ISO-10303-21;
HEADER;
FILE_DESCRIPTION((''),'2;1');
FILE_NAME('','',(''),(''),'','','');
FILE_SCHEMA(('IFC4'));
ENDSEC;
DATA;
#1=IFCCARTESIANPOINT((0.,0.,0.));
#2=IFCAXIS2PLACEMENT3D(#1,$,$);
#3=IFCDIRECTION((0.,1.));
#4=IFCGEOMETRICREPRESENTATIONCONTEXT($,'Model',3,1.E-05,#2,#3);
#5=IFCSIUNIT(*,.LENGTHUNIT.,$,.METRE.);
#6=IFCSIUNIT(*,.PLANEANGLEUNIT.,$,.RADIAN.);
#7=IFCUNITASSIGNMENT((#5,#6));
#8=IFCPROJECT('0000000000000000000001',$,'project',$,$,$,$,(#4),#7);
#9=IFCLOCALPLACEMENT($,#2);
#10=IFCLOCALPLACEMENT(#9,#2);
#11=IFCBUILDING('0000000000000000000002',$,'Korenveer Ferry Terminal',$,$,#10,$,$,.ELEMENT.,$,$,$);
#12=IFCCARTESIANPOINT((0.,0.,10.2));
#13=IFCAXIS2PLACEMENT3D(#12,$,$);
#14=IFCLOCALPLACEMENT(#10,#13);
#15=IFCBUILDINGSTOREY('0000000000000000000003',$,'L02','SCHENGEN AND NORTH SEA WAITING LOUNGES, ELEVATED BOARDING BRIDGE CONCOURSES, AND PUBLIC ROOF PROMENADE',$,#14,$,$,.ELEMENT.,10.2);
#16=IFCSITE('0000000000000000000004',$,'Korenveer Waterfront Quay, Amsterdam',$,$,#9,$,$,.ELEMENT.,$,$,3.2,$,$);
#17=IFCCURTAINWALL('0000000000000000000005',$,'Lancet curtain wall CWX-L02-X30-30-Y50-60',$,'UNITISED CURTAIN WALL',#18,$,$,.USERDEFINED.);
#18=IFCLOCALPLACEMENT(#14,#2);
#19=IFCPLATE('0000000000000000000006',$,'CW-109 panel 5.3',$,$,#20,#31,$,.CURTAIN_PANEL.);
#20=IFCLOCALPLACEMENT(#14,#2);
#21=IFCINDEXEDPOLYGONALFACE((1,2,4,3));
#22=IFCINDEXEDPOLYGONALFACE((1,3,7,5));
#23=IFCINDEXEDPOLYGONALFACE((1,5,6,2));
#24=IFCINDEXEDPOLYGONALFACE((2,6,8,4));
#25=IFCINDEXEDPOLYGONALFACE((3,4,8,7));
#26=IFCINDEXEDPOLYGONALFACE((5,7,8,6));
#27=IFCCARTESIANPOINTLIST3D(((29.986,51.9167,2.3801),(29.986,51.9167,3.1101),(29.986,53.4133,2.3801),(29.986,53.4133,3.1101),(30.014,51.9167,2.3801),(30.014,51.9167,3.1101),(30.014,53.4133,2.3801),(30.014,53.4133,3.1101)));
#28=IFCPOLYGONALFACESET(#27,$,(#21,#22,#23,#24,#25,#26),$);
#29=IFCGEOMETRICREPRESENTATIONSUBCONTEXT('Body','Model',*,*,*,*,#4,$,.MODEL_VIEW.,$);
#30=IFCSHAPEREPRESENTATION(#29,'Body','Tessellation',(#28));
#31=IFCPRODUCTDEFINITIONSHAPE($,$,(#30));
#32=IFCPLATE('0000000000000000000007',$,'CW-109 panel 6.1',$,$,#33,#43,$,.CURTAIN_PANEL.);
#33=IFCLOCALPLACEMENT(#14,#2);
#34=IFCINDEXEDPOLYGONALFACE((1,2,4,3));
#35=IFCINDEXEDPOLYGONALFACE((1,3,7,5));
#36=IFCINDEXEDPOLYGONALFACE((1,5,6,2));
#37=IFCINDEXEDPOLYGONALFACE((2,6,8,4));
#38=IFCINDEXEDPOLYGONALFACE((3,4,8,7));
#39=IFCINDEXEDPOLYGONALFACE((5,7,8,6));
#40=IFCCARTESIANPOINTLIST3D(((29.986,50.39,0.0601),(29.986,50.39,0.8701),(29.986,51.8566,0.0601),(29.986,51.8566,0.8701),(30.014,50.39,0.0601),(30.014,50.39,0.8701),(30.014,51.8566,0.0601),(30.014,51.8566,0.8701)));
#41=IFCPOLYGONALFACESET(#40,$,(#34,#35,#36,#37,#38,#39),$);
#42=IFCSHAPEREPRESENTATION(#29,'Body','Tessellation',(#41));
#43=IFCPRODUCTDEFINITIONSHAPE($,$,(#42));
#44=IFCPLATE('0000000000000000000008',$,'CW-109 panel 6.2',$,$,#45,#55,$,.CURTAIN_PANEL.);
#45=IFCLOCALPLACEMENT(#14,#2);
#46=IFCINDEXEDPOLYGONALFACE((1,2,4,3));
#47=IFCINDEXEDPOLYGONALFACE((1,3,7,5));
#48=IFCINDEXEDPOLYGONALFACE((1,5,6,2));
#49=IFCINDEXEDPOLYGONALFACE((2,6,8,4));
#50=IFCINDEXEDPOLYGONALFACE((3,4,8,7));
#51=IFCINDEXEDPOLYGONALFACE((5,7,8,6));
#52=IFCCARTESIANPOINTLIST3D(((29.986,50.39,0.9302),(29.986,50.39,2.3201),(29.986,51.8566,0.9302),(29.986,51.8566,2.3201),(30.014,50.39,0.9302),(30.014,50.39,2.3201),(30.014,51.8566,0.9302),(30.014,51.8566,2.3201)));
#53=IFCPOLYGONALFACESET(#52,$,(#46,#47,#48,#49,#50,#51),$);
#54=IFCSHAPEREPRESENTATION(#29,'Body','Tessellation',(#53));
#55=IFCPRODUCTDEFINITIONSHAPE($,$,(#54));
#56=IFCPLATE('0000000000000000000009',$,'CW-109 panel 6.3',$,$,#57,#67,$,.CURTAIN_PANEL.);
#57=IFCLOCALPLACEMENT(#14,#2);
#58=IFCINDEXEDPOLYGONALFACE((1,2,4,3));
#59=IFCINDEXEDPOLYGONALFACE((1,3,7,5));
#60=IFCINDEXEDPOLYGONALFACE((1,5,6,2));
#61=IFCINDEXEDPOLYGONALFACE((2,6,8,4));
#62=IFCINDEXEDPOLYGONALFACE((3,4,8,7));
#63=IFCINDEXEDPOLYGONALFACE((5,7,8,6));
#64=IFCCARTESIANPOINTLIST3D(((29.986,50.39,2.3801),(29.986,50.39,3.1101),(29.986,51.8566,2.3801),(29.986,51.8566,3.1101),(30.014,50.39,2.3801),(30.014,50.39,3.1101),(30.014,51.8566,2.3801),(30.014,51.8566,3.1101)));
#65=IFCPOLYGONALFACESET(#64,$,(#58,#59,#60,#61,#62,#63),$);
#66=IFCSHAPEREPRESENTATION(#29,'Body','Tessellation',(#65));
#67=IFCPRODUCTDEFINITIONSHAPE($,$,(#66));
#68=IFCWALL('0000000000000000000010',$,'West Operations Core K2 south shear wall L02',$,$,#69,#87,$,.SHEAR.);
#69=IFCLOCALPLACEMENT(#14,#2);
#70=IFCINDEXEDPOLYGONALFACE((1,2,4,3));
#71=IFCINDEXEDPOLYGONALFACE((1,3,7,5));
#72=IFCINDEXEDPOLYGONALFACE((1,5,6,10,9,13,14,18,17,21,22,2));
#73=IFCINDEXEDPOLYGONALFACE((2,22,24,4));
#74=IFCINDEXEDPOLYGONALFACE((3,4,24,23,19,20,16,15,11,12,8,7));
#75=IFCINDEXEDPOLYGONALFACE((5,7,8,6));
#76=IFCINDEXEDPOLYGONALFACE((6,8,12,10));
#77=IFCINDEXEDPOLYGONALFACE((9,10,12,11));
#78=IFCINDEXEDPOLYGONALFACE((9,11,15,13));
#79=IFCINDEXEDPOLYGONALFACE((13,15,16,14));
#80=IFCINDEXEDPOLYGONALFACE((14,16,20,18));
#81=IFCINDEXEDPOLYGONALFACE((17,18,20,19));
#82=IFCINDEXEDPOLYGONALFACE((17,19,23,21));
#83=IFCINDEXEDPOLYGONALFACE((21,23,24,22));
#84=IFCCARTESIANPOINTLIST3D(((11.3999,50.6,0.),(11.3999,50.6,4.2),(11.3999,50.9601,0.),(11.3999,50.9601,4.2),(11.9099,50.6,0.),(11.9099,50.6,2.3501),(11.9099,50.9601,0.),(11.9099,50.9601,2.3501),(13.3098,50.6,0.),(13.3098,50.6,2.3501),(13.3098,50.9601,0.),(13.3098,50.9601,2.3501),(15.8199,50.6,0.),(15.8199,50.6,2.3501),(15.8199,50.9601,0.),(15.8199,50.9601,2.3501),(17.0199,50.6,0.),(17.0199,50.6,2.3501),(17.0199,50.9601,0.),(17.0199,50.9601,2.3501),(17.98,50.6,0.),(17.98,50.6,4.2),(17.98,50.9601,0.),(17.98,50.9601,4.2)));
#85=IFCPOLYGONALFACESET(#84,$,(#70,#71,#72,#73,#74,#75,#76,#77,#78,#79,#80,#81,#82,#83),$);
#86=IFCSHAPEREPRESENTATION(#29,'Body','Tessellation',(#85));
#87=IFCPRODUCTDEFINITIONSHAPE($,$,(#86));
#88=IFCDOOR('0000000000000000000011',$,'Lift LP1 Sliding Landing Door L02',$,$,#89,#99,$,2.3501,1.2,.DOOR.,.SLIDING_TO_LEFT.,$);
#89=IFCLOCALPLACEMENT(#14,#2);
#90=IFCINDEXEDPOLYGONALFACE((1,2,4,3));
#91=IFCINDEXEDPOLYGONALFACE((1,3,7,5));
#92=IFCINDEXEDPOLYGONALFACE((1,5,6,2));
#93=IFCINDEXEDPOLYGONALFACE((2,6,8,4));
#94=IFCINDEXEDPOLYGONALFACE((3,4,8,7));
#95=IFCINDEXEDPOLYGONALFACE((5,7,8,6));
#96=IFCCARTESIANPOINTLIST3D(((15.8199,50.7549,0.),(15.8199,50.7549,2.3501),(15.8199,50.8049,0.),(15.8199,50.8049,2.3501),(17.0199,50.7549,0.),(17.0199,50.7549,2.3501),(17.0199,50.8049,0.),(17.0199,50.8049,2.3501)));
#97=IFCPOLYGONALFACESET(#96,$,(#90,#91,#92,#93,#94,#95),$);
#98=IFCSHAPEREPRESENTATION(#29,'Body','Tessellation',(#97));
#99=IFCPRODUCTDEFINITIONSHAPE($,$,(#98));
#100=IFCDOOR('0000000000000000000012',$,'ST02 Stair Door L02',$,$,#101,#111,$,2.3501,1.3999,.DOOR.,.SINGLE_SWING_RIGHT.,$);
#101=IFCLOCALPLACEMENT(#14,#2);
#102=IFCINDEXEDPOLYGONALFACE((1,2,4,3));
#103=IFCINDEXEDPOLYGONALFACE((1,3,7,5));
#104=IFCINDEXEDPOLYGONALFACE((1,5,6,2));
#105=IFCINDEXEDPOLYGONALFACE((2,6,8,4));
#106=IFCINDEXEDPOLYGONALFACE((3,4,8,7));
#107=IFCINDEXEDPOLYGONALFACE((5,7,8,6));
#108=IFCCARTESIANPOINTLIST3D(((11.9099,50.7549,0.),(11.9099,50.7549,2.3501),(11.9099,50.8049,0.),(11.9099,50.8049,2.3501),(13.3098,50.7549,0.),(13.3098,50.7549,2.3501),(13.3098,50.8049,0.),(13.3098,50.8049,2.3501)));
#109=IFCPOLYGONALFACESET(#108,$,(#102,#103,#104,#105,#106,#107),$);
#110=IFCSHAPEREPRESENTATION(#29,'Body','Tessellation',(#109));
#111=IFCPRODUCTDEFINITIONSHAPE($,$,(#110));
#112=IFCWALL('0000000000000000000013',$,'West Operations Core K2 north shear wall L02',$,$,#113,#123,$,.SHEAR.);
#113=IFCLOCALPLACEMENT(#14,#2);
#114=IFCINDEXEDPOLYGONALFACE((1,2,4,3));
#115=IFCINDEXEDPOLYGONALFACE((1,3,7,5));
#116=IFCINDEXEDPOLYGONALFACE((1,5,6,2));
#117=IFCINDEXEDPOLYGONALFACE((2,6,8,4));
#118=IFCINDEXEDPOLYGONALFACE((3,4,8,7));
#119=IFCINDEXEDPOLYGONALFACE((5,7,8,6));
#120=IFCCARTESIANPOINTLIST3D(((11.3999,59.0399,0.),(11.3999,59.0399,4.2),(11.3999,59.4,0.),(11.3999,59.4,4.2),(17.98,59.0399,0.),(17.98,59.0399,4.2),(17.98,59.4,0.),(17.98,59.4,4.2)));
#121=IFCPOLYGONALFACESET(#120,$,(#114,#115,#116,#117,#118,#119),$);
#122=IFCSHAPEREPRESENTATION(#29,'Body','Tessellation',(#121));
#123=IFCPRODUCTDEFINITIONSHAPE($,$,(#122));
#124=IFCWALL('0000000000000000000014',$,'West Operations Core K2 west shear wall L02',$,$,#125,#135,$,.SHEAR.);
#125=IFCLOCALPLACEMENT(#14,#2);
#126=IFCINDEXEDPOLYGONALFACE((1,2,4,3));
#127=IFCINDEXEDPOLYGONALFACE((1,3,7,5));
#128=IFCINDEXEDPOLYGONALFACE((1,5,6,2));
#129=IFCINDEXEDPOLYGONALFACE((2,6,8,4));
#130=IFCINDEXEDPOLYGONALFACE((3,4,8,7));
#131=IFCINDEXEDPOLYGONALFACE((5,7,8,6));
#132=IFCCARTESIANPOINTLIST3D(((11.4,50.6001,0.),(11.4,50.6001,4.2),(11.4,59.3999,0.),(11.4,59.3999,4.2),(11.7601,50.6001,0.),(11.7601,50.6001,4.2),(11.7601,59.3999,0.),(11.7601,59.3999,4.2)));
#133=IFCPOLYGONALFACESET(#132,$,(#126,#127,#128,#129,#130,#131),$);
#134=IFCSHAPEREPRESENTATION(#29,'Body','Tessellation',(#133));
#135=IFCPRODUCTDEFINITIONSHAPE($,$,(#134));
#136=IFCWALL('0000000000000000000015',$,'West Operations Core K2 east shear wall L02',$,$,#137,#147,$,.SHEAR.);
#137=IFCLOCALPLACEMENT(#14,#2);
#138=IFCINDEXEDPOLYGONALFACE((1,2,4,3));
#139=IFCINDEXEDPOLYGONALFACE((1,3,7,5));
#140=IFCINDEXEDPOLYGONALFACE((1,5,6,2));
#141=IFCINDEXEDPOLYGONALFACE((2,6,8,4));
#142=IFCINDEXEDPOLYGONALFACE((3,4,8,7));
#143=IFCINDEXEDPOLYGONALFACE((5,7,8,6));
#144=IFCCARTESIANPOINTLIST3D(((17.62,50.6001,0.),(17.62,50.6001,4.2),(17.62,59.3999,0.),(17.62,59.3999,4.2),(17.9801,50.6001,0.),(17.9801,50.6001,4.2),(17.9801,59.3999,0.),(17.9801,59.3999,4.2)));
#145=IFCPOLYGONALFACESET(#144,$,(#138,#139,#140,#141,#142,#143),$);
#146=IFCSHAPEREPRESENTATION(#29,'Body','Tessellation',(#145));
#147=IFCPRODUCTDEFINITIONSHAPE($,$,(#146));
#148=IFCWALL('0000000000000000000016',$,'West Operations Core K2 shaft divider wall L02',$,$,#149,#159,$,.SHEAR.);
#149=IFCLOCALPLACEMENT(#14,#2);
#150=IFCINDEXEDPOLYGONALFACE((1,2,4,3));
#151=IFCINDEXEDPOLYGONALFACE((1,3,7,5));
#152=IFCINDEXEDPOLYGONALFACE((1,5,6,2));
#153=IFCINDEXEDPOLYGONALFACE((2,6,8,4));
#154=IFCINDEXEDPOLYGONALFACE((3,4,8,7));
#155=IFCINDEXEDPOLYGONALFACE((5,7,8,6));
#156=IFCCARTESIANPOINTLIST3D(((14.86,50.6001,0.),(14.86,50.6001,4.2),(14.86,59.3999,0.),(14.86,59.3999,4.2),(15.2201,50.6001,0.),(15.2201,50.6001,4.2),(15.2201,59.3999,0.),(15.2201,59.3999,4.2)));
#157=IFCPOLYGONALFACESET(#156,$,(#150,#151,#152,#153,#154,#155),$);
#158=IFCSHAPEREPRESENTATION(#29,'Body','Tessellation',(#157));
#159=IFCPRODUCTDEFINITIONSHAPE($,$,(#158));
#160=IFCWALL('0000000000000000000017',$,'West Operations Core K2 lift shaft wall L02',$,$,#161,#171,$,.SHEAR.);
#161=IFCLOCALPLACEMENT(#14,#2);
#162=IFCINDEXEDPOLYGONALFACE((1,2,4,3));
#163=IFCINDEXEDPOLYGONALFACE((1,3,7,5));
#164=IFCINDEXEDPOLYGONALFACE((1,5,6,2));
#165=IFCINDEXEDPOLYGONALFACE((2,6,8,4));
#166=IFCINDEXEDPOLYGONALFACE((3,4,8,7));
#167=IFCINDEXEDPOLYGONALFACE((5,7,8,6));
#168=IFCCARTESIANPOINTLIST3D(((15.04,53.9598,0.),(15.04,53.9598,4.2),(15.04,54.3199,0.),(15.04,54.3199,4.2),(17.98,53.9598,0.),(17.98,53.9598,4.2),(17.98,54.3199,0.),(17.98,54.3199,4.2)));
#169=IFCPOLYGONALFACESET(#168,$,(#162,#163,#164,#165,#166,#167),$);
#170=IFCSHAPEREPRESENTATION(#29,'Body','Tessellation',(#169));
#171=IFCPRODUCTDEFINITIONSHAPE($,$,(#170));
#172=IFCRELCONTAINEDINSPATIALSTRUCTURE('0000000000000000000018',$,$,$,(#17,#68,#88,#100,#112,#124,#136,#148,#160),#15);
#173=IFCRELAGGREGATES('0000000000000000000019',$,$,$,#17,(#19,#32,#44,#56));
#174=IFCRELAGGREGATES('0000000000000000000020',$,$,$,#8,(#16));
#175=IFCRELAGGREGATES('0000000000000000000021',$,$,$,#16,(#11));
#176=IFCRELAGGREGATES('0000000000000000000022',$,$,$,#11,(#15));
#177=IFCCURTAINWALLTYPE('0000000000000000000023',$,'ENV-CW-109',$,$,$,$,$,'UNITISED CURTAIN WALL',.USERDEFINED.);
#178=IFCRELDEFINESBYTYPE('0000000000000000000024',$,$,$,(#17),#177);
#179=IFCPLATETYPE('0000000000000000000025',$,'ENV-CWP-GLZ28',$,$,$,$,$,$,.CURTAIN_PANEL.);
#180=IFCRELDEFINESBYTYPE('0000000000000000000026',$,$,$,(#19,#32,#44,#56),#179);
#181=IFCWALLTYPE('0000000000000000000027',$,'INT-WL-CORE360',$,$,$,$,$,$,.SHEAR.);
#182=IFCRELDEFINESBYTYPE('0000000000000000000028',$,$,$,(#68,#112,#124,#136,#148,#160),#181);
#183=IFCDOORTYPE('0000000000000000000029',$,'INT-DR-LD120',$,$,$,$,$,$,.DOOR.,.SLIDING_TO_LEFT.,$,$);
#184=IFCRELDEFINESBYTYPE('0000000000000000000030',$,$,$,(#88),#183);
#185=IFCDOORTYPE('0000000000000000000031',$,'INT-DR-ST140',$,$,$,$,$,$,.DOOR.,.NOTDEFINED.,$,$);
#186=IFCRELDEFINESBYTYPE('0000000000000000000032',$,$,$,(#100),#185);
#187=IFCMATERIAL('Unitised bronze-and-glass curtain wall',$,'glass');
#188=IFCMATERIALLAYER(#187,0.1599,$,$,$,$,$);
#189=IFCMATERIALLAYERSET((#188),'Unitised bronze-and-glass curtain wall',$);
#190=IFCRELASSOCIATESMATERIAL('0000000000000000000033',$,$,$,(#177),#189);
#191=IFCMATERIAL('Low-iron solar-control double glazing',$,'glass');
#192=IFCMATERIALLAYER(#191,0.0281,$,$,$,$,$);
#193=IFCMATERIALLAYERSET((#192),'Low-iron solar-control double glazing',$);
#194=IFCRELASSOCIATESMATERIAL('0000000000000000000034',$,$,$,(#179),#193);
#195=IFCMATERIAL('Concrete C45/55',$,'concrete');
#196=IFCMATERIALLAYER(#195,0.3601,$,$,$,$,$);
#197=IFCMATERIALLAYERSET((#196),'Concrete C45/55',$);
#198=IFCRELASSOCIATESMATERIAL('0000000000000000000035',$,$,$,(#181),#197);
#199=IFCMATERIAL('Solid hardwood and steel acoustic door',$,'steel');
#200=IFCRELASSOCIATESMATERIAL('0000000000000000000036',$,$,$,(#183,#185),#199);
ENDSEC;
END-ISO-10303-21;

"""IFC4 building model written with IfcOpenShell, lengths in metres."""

from ifc_helpers import new_model, si_unit, direction, frame, frame_2d, origin, origin_2d, place, context, subcontext, project, spatial, rectangle, extrude, material, layer, layer_set, type_object, element, fill, aggregate, save


model = new_model("IFC4")

# Units and contexts
model_context = context("Model", 3, precision=1e-05, world=origin(), true_north=direction((0.0, 1.0)))
body_context = subcontext(model_context, "Body", "Model", "MODEL_VIEW")
ifc_project = project(units=[si_unit("LENGTHUNIT", "METRE"), si_unit("PLANEANGLEUNIT", "RADIAN")], contexts=[model_context])

# Site, building, storey
site_placement = place(None, origin())
site = spatial("IfcSite", under=ifc_project, at=site_placement, Name="Korenveer Waterfront Quay, Amsterdam", CompositionType="ELEMENT", RefElevation=3.2)
building_placement = place(site_placement, origin())
building = spatial("IfcBuilding", under=site, at=building_placement, Name="Korenveer Ferry Terminal", CompositionType="ELEMENT")
storey_placement = place(building_placement, frame((0.0, 0.0, 10.2)))
storey = spatial("IfcBuildingStorey", under=building, at=storey_placement, Name="L02", Description="SCHENGEN AND NORTH SEA WAITING LOUNGES, ELEVATED BOARDING BRIDGE CONCOURSES, AND PUBLIC ROOF PROMENADE", CompositionType="ELEMENT", Elevation=10.2)

# Shared definitions
ifc_material_1 = material(Name="Concrete C45/55", Category="concrete")

# Curtain wall
ifc_material_2 = material(Name="Unitised bronze-and-glass curtain wall", Category="glass")
ifc_layer_1 = layer(ifc_material_2, 0.1599)
ifc_layer_set_1 = layer_set([ifc_layer_1], Name="Unitised bronze-and-glass curtain wall")
curtain_wall_type = type_object("IfcCurtainWallType", Name="ENV-CW-109", ElementType="UNITISED CURTAIN WALL", PredefinedType="USERDEFINED", material=ifc_layer_set_1)
curtain_wall_placement = place(storey_placement, frame((30.0, 59.6699, 0.0)))
curtain_wall = element("IfcCurtainWall", 1, at=curtain_wall_placement, inside=storey, type_object=curtain_wall_type, Name="Lancet curtain wall CWX-L02-X30-30-Y50-60", ObjectType="UNITISED CURTAIN WALL", PredefinedType="USERDEFINED")

# Plates
ifc_material_3 = material(Name="Low-iron solar-control double glazing", Category="glass")
ifc_layer_2 = layer(ifc_material_3, 0.0281)
ifc_layer_set_2 = layer_set([ifc_layer_2], Name="Low-iron solar-control double glazing")
plate_type = type_object("IfcPlateType", Name="ENV-CWP-GLZ28", PredefinedType="CURTAIN_PANEL", material=ifc_layer_set_2)
plate_1_placement = place(storey_placement, frame((30.0, 52.665, 2.3801), z_axis=(0.0, 0.0, 1.0), x_axis=(0.0, -1.0, 0.0)))
plate_1 = element("IfcPlate", 2, at=plate_1_placement, type_object=plate_type, Name="CW-109 panel 5.3", PredefinedType="CURTAIN_PANEL", context=body_context, shape_type="SweptSolid", body=[
    extrude(rectangle(XDim=1.4966, YDim=0.0281, at=origin_2d()), origin(), (0.0, 0.0, 1.0), 0.73),
])
plate_2_placement = place(storey_placement, frame((30.0, 51.1233, 0.0601), z_axis=(0.0, 0.0, 1.0), x_axis=(0.0, -1.0, 0.0)))
plate_2 = element("IfcPlate", 3, at=plate_2_placement, type_object=plate_type, Name="CW-109 panel 6.1", PredefinedType="CURTAIN_PANEL", context=body_context, shape_type="SweptSolid", body=[
    extrude(rectangle(XDim=1.4666, YDim=0.0281, at=origin_2d()), origin(), (0.0, 0.0, 1.0), 0.8101),
])
plate_3_placement = place(storey_placement, frame((30.0, 51.1233, 0.9302), z_axis=(0.0, 0.0, 1.0), x_axis=(0.0, -1.0, 0.0)))
plate_3 = element("IfcPlate", 4, at=plate_3_placement, type_object=plate_type, Name="CW-109 panel 6.2", PredefinedType="CURTAIN_PANEL", context=body_context, shape_type="SweptSolid", body=[
    extrude(rectangle(XDim=1.4666, YDim=0.0281, at=origin_2d()), origin(), (0.0, 0.0, 1.0), 1.3899),
])
plate_4_placement = place(storey_placement, frame((30.0, 51.1233, 2.3801), z_axis=(0.0, 0.0, 1.0), x_axis=(0.0, -1.0, 0.0)))
plate_4 = element("IfcPlate", 5, at=plate_4_placement, type_object=plate_type, Name="CW-109 panel 6.3", PredefinedType="CURTAIN_PANEL", context=body_context, shape_type="SweptSolid", body=[
    extrude(rectangle(XDim=1.4666, YDim=0.0281, at=origin_2d()), origin(), (0.0, 0.0, 1.0), 0.73),
])
aggregate(curtain_wall, [plate_1, plate_2, plate_3, plate_4])

# Wall, openings, doors
ifc_layer_3 = layer(ifc_material_1, 0.3601)
ifc_layer_set_3 = layer_set([ifc_layer_3], Name="Concrete C45/55")
wall_type = type_object("IfcWallType", Name="INT-WL-CORE360", PredefinedType="SHEAR", material=ifc_layer_set_3)
wall_1_placement = place(storey_placement, frame((11.3999, 50.78, 0.0), z_axis=(0.0, 0.0, 1.0), x_axis=(1.0, 0.0, 0.0)))
wall_1 = element("IfcWall", 6, at=wall_1_placement, inside=storey, type_object=wall_type, Name="West Operations Core K2 south shear wall L02", PredefinedType="SHEAR", context=body_context, shape_type="SweptSolid", body=[
    extrude(rectangle(XDim=6.5801, YDim=0.3601, at=frame_2d((3.29, 0.0))), origin(), (0.0, 0.0, 1.0), 4.2),
])
opening_1_placement = place(wall_1_placement, frame((0.51, 0.0, 0.0)))
opening_1 = element("IfcOpeningElement", 7, at=opening_1_placement, cuts=wall_1, PredefinedType="OPENING", context=body_context, shape_type="SweptSolid", body=[
    extrude(rectangle(XDim=1.3999, YDim=2.3501, at=frame_2d((0.7, 1.175))), frame((0.0, 0.1899, 0.0), z_axis=(0.0, -1.0, 0.0), x_axis=(1.0, 0.0, 0.0)), (0.0, 0.0, 1.0), 0.3801),
])
opening_2_placement = place(wall_1_placement, frame((4.4199, 0.0, 0.0)))
opening_2 = element("IfcOpeningElement", 8, at=opening_2_placement, cuts=wall_1, PredefinedType="OPENING", context=body_context, shape_type="SweptSolid", body=[
    extrude(rectangle(XDim=1.2, YDim=2.3501, at=frame_2d((0.6001, 1.175))), frame((0.0, 0.1899, 0.0), z_axis=(0.0, -1.0, 0.0), x_axis=(1.0, 0.0, 0.0)), (0.0, 0.0, 1.0), 0.3801),
])
ifc_material_4 = material(Name="Solid hardwood and steel acoustic door", Category="steel")
door_type_1 = type_object("IfcDoorType", Name="INT-DR-LD120", OperationType="SLIDING_TO_LEFT", PredefinedType="DOOR", material=ifc_material_4)
door_1_placement = place(opening_2_placement, origin())
door_1 = element("IfcDoor", 9, at=door_1_placement, inside=storey, type_object=door_type_1, Name="Lift LP1 Sliding Landing Door L02", OperationType="SLIDING_TO_LEFT", OverallHeight=2.3501, OverallWidth=1.2, PredefinedType="DOOR", context=body_context, shape_type="SweptSolid", body=[
    extrude(rectangle(XDim=1.2, YDim=2.3501, at=frame_2d((0.6001, 1.175))), frame((0.0, 0.0249, 0.0), z_axis=(0.0, -1.0, 0.0), x_axis=(1.0, 0.0, 0.0)), (0.0, 0.0, 1.0), 0.05),
])
fill(opening_2, door_1)
door_type_2 = type_object("IfcDoorType", Name="INT-DR-ST140", OperationType="NOTDEFINED", PredefinedType="DOOR", material=ifc_material_4)
door_2_placement = place(opening_1_placement, origin())
door_2 = element("IfcDoor", 10, at=door_2_placement, inside=storey, type_object=door_type_2, Name="ST02 Stair Door L02", OperationType="SINGLE_SWING_RIGHT", OverallHeight=2.3501, OverallWidth=1.3999, PredefinedType="DOOR", context=body_context, shape_type="SweptSolid", body=[
    extrude(rectangle(XDim=1.3999, YDim=2.3501, at=frame_2d((0.7, 1.175))), frame((0.0, 0.0249, 0.0), z_axis=(0.0, -1.0, 0.0), x_axis=(1.0, 0.0, 0.0)), (0.0, 0.0, 1.0), 0.05),
])
fill(opening_1, door_2)

# Walls
wall_2_placement = place(storey_placement, frame((11.3999, 59.22, 0.0), z_axis=(0.0, 0.0, 1.0), x_axis=(1.0, 0.0, 0.0)))
element("IfcWall", 11, at=wall_2_placement, inside=storey, type_object=wall_type, Name="West Operations Core K2 north shear wall L02", PredefinedType="SHEAR", context=body_context, shape_type="SweptSolid", body=[
    extrude(rectangle(XDim=6.5801, YDim=0.3601, at=frame_2d((3.29, 0.0))), origin(), (0.0, 0.0, 1.0), 4.2),
])
for number, where, z_axis, x_axis, name in (
    (12, (11.5801, 50.6001, 0.0), (0.0, 0.0, 1.0), (0.0, 1.0, 0.0), "West Operations Core K2 west shear wall L02"),
    (13, (17.8, 50.6001, 0.0), (0.0, 0.0, 1.0), (0.0, 1.0, 0.0), "West Operations Core K2 east shear wall L02"),
    (14, (15.04, 50.6001, 0.0), (0.0, 0.0, 1.0), (0.0, 1.0, 0.0), "West Operations Core K2 shaft divider wall L02"),
):
    element("IfcWall", number, at=place(storey_placement, frame(where, z_axis=z_axis, x_axis=x_axis)), inside=storey, type_object=wall_type, Name=name, PredefinedType="SHEAR", context=body_context, shape_type="SweptSolid", body=[
        extrude(rectangle(XDim=8.7998, YDim=0.3601, at=frame_2d((4.3999, 0.0))), origin(), (0.0, 0.0, 1.0), 4.2),
    ])
wall_3_placement = place(storey_placement, frame((15.04, 54.1399, 0.0), z_axis=(0.0, 0.0, 1.0), x_axis=(1.0, 0.0, 0.0)))
element("IfcWall", 15, at=wall_3_placement, inside=storey, type_object=wall_type, Name="West Operations Core K2 lift shaft wall L02", PredefinedType="SHEAR", context=body_context, shape_type="SweptSolid", body=[
    extrude(rectangle(XDim=2.9399, YDim=0.3601, at=frame_2d((1.47, 0.0))), origin(), (0.0, 0.0, 1.0), 4.2),
])

save(model, "model.ifc")
